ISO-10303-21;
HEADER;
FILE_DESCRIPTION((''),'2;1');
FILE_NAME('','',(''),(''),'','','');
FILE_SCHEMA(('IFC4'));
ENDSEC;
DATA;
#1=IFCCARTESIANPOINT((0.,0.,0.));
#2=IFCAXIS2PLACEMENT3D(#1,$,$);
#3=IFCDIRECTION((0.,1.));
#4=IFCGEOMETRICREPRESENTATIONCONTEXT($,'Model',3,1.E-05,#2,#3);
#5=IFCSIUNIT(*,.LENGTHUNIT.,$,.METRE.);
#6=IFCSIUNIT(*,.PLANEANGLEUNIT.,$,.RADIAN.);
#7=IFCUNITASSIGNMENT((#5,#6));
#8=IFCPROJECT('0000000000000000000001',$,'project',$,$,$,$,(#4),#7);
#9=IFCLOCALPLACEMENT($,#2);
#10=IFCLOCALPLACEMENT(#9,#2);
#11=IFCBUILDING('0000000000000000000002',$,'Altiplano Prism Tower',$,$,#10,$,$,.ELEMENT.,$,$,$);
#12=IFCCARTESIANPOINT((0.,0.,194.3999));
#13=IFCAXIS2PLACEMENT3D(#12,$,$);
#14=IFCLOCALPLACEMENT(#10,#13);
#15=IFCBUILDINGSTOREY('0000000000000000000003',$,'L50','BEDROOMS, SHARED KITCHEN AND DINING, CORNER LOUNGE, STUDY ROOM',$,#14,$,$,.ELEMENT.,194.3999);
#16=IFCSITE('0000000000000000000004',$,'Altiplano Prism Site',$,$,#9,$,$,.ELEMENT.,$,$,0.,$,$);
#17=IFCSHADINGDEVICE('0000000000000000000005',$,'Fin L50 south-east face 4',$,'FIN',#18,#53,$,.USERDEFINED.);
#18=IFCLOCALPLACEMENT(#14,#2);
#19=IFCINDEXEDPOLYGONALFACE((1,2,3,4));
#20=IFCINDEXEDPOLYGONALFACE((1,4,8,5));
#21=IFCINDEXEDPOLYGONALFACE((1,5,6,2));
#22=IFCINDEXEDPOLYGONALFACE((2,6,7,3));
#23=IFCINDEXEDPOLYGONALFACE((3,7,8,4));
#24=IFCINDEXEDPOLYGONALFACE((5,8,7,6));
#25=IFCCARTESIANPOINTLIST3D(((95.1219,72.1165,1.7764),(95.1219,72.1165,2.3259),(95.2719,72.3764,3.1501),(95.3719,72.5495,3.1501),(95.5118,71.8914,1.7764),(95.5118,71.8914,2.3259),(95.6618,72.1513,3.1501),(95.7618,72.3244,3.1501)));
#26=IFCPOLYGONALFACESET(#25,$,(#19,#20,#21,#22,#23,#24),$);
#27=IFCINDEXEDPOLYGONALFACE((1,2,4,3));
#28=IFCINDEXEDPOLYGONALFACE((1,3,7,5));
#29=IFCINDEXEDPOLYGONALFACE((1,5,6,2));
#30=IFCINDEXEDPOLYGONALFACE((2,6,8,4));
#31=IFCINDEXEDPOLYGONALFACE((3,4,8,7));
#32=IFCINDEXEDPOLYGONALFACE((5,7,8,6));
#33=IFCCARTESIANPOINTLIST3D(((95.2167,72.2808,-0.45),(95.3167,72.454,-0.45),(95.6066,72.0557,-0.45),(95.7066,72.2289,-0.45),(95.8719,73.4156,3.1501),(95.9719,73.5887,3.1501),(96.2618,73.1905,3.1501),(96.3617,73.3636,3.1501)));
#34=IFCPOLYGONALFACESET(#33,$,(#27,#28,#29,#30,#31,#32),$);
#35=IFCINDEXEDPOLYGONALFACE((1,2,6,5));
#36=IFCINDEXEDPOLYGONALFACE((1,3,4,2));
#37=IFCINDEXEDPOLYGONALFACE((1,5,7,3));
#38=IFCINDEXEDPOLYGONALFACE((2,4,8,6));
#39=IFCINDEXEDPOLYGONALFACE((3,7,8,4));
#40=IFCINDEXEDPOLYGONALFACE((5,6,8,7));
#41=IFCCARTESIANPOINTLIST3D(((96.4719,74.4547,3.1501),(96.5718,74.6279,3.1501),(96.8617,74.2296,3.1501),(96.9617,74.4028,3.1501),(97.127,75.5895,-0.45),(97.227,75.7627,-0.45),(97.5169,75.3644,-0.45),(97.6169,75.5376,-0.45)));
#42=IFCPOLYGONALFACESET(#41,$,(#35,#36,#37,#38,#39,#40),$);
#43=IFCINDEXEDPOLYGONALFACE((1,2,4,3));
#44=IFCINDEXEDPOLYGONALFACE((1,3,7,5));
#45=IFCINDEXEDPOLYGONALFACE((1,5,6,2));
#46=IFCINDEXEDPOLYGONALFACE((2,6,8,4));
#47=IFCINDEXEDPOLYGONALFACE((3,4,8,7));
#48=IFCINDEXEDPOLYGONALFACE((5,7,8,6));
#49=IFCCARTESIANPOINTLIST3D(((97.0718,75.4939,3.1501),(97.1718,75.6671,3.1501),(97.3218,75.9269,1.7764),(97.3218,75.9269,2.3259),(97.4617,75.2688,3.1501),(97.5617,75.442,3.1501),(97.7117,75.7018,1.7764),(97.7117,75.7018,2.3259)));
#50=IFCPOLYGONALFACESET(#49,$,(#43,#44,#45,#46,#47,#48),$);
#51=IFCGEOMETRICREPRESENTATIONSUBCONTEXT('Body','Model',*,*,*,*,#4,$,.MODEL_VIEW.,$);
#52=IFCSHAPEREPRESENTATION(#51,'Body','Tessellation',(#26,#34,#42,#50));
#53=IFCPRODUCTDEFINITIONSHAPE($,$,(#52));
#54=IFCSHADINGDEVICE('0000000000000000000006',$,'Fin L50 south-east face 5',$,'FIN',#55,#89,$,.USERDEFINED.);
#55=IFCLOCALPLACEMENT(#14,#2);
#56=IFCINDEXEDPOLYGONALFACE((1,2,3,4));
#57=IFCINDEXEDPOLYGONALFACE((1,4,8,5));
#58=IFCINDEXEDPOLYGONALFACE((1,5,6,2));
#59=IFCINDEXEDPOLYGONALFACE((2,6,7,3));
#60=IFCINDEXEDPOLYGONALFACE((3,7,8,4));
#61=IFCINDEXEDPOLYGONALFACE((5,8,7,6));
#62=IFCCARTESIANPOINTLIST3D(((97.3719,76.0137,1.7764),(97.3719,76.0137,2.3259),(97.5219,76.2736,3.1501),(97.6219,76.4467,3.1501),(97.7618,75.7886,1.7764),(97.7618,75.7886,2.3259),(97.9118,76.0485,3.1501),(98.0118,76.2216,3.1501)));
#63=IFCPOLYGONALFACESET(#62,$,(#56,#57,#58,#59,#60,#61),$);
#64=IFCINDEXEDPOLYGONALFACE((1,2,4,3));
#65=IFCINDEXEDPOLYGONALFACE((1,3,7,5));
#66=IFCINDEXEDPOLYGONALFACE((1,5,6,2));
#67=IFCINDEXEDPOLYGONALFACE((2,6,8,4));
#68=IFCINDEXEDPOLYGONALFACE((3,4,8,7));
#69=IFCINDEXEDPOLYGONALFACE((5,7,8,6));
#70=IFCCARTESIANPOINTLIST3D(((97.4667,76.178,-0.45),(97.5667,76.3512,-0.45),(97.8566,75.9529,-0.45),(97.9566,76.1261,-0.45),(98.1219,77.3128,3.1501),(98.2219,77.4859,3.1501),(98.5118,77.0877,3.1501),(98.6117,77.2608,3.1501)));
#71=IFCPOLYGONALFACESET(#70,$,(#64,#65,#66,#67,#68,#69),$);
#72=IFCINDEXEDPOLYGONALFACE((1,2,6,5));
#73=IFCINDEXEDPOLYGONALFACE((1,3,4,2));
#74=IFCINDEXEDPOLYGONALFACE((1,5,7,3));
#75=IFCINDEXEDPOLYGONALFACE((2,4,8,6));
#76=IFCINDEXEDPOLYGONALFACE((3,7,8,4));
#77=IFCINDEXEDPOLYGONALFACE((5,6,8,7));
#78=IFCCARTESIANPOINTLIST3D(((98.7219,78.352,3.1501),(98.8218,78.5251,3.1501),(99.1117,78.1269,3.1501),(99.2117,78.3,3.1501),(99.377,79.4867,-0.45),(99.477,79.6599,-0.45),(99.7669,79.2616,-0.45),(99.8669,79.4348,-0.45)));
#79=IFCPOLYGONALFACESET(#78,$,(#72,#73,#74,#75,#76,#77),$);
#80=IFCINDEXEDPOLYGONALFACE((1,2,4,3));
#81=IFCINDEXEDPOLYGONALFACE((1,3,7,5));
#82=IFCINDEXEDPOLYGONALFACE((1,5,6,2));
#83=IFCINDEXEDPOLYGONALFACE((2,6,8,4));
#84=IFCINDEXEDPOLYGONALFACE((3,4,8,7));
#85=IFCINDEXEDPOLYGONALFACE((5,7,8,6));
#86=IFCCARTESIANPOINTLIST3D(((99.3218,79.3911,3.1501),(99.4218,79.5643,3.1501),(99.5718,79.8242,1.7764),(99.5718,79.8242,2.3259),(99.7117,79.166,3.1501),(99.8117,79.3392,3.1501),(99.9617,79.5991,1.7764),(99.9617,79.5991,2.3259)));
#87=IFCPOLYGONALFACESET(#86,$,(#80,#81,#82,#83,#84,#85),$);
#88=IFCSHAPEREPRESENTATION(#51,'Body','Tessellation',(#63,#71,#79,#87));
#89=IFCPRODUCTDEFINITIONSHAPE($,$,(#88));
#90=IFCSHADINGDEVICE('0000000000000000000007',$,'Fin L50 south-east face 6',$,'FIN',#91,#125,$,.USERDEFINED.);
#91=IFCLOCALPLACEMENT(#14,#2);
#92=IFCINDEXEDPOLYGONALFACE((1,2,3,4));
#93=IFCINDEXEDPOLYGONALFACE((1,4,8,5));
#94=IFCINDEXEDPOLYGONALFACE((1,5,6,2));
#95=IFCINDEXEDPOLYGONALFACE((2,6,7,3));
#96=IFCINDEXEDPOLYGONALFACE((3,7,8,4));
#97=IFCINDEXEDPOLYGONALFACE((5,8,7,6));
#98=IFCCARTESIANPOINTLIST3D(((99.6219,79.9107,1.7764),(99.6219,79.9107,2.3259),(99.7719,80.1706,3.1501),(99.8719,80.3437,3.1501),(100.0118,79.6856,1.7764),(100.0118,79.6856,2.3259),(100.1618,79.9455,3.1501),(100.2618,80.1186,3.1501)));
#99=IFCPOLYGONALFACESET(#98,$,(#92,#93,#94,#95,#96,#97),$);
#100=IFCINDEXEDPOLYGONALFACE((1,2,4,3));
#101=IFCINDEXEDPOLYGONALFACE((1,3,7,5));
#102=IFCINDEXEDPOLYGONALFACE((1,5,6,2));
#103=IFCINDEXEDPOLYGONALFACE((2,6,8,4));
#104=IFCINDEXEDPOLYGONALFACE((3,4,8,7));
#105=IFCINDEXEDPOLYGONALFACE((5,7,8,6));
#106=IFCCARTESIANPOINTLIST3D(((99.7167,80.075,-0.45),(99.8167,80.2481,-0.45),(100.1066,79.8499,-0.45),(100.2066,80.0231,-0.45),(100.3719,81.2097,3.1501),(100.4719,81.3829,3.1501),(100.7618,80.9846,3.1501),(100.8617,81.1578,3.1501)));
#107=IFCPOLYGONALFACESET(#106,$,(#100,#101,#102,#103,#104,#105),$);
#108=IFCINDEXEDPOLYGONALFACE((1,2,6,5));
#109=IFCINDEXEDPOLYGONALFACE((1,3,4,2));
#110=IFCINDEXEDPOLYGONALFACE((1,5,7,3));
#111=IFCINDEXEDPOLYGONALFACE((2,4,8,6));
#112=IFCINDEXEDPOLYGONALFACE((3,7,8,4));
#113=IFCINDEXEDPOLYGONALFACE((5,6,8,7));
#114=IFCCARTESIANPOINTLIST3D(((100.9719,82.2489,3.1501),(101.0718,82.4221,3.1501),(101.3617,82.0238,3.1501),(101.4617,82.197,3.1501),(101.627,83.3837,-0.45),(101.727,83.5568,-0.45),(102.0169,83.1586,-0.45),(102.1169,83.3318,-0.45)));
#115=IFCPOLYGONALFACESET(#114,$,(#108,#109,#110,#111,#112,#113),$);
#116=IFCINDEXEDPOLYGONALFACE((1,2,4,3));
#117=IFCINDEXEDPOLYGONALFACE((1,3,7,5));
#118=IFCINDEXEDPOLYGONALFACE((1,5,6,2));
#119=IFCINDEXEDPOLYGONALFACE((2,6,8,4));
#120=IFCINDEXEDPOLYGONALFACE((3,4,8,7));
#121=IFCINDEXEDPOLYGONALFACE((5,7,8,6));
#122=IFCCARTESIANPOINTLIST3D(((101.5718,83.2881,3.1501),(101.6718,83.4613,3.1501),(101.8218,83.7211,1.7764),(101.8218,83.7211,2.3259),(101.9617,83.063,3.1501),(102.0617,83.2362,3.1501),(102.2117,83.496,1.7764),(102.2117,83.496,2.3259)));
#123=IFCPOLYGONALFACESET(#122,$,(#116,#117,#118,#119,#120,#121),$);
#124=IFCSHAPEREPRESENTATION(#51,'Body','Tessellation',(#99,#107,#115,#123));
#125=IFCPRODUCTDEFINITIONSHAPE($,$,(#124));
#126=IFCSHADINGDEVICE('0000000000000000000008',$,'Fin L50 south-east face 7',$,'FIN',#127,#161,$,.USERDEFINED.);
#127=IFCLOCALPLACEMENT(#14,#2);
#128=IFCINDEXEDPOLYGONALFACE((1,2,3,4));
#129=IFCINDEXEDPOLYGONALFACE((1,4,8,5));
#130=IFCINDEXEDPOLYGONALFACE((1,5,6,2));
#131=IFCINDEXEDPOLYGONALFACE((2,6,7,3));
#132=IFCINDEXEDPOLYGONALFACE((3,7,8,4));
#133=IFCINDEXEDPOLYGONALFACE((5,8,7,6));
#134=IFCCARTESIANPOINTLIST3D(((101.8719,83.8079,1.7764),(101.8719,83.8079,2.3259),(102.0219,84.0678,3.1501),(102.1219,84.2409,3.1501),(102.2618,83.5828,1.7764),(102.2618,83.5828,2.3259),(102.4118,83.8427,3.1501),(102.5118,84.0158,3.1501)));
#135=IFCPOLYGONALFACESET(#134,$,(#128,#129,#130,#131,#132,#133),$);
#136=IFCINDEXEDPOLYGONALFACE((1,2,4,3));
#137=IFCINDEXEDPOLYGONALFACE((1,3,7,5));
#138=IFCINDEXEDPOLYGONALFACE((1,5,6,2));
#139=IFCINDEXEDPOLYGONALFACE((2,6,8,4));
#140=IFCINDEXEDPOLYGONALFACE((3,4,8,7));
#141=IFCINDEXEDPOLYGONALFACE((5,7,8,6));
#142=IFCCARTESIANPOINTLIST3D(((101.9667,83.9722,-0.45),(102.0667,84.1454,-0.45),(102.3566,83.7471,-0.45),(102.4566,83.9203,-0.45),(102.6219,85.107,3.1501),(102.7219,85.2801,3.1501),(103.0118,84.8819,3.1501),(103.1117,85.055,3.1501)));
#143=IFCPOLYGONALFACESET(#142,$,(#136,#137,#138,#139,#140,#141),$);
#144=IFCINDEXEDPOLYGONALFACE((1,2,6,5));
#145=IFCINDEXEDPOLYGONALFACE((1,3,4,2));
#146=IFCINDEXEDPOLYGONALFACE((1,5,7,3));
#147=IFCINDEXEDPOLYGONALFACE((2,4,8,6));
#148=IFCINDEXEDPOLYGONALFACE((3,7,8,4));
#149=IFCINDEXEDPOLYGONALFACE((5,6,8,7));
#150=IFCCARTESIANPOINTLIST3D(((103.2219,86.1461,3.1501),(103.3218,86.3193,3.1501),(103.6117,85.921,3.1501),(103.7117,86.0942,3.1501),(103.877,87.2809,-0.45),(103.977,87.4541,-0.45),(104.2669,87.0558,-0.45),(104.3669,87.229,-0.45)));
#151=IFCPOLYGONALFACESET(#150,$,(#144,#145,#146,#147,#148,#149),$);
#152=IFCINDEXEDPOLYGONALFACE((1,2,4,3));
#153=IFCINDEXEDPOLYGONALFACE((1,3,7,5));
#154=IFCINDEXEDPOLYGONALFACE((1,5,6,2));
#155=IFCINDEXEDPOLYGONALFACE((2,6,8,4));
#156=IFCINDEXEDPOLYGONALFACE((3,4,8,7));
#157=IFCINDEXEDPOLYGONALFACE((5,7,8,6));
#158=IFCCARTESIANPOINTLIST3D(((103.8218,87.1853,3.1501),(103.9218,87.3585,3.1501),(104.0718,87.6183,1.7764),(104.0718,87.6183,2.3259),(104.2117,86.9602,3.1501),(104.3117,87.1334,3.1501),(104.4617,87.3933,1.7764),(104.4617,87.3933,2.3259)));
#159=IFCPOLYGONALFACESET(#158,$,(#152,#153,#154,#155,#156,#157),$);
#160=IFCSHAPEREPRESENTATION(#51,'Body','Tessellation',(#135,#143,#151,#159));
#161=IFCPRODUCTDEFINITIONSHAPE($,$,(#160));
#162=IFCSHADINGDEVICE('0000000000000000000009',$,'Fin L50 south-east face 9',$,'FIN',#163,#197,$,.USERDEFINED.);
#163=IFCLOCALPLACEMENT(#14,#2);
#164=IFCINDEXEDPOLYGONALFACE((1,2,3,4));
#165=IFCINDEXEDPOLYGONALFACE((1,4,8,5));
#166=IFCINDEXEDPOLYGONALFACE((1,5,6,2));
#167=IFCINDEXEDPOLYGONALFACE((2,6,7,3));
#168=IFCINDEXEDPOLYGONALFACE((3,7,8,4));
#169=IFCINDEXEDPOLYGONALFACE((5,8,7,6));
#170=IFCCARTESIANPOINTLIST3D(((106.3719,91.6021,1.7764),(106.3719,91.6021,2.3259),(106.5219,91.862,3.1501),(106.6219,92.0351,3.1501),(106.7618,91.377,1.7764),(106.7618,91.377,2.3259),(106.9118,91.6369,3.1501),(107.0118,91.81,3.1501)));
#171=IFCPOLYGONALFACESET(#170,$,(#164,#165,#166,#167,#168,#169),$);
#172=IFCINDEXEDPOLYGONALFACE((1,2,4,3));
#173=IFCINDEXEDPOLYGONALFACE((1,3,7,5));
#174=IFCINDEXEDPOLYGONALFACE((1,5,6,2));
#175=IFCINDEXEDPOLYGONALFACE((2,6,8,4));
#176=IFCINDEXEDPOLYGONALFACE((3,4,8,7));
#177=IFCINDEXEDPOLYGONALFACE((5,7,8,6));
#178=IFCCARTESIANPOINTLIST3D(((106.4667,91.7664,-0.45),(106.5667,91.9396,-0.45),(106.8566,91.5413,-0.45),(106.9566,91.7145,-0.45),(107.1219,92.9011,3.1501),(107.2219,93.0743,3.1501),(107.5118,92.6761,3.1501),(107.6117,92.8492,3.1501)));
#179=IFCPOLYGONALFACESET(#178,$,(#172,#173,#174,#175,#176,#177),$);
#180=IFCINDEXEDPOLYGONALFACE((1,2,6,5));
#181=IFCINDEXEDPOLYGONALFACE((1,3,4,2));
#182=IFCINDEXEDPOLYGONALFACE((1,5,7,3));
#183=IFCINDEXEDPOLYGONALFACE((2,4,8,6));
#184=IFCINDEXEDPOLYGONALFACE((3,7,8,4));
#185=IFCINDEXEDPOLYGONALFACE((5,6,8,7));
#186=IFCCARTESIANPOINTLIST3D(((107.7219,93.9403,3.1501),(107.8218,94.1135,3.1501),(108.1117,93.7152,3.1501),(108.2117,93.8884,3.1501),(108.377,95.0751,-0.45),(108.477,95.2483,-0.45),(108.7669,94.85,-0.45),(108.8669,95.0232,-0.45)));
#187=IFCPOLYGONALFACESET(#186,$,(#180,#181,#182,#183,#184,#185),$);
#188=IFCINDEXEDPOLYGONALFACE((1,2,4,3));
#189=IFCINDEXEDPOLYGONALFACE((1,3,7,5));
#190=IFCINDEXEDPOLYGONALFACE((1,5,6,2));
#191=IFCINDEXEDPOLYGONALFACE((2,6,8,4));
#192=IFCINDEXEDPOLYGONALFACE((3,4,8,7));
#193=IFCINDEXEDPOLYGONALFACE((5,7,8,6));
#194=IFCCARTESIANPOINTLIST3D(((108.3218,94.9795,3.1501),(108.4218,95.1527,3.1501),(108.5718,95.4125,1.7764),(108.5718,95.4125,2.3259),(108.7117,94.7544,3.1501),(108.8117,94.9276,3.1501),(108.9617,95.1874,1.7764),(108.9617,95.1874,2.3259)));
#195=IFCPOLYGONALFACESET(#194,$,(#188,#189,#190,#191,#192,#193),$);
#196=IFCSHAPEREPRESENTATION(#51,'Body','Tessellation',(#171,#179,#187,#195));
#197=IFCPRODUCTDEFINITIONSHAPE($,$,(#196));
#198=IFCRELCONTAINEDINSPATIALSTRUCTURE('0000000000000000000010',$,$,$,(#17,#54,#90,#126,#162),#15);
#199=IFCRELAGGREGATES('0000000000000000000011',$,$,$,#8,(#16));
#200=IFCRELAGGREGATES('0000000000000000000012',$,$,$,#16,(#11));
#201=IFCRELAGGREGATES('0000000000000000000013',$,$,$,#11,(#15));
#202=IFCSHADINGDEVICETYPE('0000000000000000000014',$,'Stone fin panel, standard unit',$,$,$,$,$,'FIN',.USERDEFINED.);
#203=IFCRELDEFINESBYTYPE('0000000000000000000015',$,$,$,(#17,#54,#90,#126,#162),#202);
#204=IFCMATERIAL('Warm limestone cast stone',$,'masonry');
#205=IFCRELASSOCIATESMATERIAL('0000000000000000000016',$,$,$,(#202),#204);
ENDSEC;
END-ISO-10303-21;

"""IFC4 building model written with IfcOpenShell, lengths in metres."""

from ifc_helpers import new_model, si_unit, direction, frame, origin, place, context, subcontext, project, spatial, polyline, outline, extrude, source, transform, mapped, material, type_object, element, save


model = new_model("IFC4")

# Units and contexts
model_context = context("Model", 3, precision=1e-05, world=origin(), true_north=direction((0.0, 1.0)))
body_context = subcontext(model_context, "Body", "Model", "MODEL_VIEW")
ifc_project = project(units=[si_unit("LENGTHUNIT", "METRE"), si_unit("PLANEANGLEUNIT", "RADIAN")], contexts=[model_context])

# Site, building, storey
site_placement = place(None, origin())
site = spatial("IfcSite", under=ifc_project, at=site_placement, Name="Altiplano Prism Site", CompositionType="ELEMENT", RefElevation=0.0)
building_placement = place(site_placement, origin())
building = spatial("IfcBuilding", under=site, at=building_placement, Name="Altiplano Prism Tower", CompositionType="ELEMENT")
storey_placement = place(building_placement, frame((0.0, 0.0, 194.3999)))
storey = spatial("IfcBuildingStorey", under=building, at=storey_placement, Name="L50", Description="BEDROOMS, SHARED KITCHEN AND DINING, CORNER LOUNGE, STUDY ROOM", CompositionType="ELEMENT", Elevation=194.3999)

# Shading devices
ifc_material_1 = material(Name="Warm limestone cast stone", Category="masonry")
shading_device_type_1 = type_object("IfcShadingDeviceType", Name="Stone fin panel, standard unit", ElementType="FIN", PredefinedType="USERDEFINED", material=ifc_material_1)
shared_shape_1 = source(origin(), body_context, "Body", "SweptSolid", [
    extrude(outline(polyline([(-2.2, 2.2263), (-1.7, 3.6001), (-1.8999, 3.6001), (-2.2, 2.7759), (-2.2, 2.2263)])), frame((0.0, -0.1499, 0.0), z_axis=(0.0, -1.0, 0.0), x_axis=(1.0, 0.0, 0.0)), (0.0, 0.0, 1.0), 0.4502),
    extrude(outline(polyline([(-2.0103, 0.0), (-1.8103, 0.0), (-0.5, 3.6001), (-0.7, 3.6001), (-2.0103, 0.0)])), frame((0.0, -0.1499, 0.0), z_axis=(0.0, -1.0, 0.0), x_axis=(1.0, 0.0, 0.0)), (0.0, 0.0, 1.0), 0.4502),
    extrude(outline(polyline([(1.8103, 0.0), (2.0103, 0.0), (0.7, 3.6001), (0.5, 3.6001), (1.8103, 0.0)])), frame((0.0, -0.1499, 0.0), z_axis=(0.0, -1.0, 0.0), x_axis=(1.0, 0.0, 0.0)), (0.0, 0.0, 1.0), 0.4502),
    extrude(outline(polyline([(2.2, 2.7759), (1.8999, 3.6001), (1.7, 3.6001), (2.2, 2.2263), (2.2, 2.7759)])), frame((0.0, -0.1499, 0.0), z_axis=(0.0, -1.0, 0.0), x_axis=(1.0, 0.0, 0.0)), (0.0, 0.0, 1.0), 0.4502),
])
shading_device_1_placement = place(storey_placement, origin())
element("IfcShadingDevice", 1, at=shading_device_1_placement, inside=storey, type_object=shading_device_type_1, Name="Fin L50 south-east face 4", ObjectType="FIN", PredefinedType="USERDEFINED", context=body_context, shape_type="MappedRepresentation", body=[
    mapped(shared_shape_1, transform((96.092, 74.0967, -0.45), x_axis=(0.5, 0.866025, 0.0), y_axis=(-0.866025, 0.5, 0.0), z_axis=(0.0, 0.0, 1.0))),
])
shading_device_2_placement = place(storey_placement, origin())
element("IfcShadingDevice", 2, at=shading_device_2_placement, inside=storey, type_object=shading_device_type_1, Name="Fin L50 south-east face 5", ObjectType="FIN", PredefinedType="USERDEFINED", context=body_context, shape_type="MappedRepresentation", body=[
    mapped(shared_shape_1, transform((98.342, 77.9939, -0.45), x_axis=(0.5, 0.866025, 0.0), y_axis=(-0.866025, 0.5, 0.0), z_axis=(0.0, 0.0, 1.0))),
])
shading_device_3_placement = place(storey_placement, origin())
element("IfcShadingDevice", 3, at=shading_device_3_placement, inside=storey, type_object=shading_device_type_1, Name="Fin L50 south-east face 6", ObjectType="FIN", PredefinedType="USERDEFINED", context=body_context, shape_type="MappedRepresentation", body=[
    mapped(shared_shape_1, transform((100.592, 81.8909, -0.45), x_axis=(0.5, 0.866025, 0.0), y_axis=(-0.866025, 0.5, 0.0), z_axis=(0.0, 0.0, 1.0))),
])
shading_device_4_placement = place(storey_placement, origin())
element("IfcShadingDevice", 4, at=shading_device_4_placement, inside=storey, type_object=shading_device_type_1, Name="Fin L50 south-east face 7", ObjectType="FIN", PredefinedType="USERDEFINED", context=body_context, shape_type="MappedRepresentation", body=[
    mapped(shared_shape_1, transform((102.842, 85.7881, -0.45), x_axis=(0.5, 0.866025, 0.0), y_axis=(-0.866025, 0.5, 0.0), z_axis=(0.0, 0.0, 1.0))),
])
shading_device_5_placement = place(storey_placement, origin())
element("IfcShadingDevice", 5, at=shading_device_5_placement, inside=storey, type_object=shading_device_type_1, Name="Fin L50 south-east face 9", ObjectType="FIN", PredefinedType="USERDEFINED", context=body_context, shape_type="MappedRepresentation", body=[
    mapped(shared_shape_1, transform((107.342, 93.5823, -0.45), x_axis=(0.5, 0.866025, 0.0), y_axis=(-0.866025, 0.5, 0.0), z_axis=(0.0, 0.0, 1.0))),
])

save(model, "model.ifc")
